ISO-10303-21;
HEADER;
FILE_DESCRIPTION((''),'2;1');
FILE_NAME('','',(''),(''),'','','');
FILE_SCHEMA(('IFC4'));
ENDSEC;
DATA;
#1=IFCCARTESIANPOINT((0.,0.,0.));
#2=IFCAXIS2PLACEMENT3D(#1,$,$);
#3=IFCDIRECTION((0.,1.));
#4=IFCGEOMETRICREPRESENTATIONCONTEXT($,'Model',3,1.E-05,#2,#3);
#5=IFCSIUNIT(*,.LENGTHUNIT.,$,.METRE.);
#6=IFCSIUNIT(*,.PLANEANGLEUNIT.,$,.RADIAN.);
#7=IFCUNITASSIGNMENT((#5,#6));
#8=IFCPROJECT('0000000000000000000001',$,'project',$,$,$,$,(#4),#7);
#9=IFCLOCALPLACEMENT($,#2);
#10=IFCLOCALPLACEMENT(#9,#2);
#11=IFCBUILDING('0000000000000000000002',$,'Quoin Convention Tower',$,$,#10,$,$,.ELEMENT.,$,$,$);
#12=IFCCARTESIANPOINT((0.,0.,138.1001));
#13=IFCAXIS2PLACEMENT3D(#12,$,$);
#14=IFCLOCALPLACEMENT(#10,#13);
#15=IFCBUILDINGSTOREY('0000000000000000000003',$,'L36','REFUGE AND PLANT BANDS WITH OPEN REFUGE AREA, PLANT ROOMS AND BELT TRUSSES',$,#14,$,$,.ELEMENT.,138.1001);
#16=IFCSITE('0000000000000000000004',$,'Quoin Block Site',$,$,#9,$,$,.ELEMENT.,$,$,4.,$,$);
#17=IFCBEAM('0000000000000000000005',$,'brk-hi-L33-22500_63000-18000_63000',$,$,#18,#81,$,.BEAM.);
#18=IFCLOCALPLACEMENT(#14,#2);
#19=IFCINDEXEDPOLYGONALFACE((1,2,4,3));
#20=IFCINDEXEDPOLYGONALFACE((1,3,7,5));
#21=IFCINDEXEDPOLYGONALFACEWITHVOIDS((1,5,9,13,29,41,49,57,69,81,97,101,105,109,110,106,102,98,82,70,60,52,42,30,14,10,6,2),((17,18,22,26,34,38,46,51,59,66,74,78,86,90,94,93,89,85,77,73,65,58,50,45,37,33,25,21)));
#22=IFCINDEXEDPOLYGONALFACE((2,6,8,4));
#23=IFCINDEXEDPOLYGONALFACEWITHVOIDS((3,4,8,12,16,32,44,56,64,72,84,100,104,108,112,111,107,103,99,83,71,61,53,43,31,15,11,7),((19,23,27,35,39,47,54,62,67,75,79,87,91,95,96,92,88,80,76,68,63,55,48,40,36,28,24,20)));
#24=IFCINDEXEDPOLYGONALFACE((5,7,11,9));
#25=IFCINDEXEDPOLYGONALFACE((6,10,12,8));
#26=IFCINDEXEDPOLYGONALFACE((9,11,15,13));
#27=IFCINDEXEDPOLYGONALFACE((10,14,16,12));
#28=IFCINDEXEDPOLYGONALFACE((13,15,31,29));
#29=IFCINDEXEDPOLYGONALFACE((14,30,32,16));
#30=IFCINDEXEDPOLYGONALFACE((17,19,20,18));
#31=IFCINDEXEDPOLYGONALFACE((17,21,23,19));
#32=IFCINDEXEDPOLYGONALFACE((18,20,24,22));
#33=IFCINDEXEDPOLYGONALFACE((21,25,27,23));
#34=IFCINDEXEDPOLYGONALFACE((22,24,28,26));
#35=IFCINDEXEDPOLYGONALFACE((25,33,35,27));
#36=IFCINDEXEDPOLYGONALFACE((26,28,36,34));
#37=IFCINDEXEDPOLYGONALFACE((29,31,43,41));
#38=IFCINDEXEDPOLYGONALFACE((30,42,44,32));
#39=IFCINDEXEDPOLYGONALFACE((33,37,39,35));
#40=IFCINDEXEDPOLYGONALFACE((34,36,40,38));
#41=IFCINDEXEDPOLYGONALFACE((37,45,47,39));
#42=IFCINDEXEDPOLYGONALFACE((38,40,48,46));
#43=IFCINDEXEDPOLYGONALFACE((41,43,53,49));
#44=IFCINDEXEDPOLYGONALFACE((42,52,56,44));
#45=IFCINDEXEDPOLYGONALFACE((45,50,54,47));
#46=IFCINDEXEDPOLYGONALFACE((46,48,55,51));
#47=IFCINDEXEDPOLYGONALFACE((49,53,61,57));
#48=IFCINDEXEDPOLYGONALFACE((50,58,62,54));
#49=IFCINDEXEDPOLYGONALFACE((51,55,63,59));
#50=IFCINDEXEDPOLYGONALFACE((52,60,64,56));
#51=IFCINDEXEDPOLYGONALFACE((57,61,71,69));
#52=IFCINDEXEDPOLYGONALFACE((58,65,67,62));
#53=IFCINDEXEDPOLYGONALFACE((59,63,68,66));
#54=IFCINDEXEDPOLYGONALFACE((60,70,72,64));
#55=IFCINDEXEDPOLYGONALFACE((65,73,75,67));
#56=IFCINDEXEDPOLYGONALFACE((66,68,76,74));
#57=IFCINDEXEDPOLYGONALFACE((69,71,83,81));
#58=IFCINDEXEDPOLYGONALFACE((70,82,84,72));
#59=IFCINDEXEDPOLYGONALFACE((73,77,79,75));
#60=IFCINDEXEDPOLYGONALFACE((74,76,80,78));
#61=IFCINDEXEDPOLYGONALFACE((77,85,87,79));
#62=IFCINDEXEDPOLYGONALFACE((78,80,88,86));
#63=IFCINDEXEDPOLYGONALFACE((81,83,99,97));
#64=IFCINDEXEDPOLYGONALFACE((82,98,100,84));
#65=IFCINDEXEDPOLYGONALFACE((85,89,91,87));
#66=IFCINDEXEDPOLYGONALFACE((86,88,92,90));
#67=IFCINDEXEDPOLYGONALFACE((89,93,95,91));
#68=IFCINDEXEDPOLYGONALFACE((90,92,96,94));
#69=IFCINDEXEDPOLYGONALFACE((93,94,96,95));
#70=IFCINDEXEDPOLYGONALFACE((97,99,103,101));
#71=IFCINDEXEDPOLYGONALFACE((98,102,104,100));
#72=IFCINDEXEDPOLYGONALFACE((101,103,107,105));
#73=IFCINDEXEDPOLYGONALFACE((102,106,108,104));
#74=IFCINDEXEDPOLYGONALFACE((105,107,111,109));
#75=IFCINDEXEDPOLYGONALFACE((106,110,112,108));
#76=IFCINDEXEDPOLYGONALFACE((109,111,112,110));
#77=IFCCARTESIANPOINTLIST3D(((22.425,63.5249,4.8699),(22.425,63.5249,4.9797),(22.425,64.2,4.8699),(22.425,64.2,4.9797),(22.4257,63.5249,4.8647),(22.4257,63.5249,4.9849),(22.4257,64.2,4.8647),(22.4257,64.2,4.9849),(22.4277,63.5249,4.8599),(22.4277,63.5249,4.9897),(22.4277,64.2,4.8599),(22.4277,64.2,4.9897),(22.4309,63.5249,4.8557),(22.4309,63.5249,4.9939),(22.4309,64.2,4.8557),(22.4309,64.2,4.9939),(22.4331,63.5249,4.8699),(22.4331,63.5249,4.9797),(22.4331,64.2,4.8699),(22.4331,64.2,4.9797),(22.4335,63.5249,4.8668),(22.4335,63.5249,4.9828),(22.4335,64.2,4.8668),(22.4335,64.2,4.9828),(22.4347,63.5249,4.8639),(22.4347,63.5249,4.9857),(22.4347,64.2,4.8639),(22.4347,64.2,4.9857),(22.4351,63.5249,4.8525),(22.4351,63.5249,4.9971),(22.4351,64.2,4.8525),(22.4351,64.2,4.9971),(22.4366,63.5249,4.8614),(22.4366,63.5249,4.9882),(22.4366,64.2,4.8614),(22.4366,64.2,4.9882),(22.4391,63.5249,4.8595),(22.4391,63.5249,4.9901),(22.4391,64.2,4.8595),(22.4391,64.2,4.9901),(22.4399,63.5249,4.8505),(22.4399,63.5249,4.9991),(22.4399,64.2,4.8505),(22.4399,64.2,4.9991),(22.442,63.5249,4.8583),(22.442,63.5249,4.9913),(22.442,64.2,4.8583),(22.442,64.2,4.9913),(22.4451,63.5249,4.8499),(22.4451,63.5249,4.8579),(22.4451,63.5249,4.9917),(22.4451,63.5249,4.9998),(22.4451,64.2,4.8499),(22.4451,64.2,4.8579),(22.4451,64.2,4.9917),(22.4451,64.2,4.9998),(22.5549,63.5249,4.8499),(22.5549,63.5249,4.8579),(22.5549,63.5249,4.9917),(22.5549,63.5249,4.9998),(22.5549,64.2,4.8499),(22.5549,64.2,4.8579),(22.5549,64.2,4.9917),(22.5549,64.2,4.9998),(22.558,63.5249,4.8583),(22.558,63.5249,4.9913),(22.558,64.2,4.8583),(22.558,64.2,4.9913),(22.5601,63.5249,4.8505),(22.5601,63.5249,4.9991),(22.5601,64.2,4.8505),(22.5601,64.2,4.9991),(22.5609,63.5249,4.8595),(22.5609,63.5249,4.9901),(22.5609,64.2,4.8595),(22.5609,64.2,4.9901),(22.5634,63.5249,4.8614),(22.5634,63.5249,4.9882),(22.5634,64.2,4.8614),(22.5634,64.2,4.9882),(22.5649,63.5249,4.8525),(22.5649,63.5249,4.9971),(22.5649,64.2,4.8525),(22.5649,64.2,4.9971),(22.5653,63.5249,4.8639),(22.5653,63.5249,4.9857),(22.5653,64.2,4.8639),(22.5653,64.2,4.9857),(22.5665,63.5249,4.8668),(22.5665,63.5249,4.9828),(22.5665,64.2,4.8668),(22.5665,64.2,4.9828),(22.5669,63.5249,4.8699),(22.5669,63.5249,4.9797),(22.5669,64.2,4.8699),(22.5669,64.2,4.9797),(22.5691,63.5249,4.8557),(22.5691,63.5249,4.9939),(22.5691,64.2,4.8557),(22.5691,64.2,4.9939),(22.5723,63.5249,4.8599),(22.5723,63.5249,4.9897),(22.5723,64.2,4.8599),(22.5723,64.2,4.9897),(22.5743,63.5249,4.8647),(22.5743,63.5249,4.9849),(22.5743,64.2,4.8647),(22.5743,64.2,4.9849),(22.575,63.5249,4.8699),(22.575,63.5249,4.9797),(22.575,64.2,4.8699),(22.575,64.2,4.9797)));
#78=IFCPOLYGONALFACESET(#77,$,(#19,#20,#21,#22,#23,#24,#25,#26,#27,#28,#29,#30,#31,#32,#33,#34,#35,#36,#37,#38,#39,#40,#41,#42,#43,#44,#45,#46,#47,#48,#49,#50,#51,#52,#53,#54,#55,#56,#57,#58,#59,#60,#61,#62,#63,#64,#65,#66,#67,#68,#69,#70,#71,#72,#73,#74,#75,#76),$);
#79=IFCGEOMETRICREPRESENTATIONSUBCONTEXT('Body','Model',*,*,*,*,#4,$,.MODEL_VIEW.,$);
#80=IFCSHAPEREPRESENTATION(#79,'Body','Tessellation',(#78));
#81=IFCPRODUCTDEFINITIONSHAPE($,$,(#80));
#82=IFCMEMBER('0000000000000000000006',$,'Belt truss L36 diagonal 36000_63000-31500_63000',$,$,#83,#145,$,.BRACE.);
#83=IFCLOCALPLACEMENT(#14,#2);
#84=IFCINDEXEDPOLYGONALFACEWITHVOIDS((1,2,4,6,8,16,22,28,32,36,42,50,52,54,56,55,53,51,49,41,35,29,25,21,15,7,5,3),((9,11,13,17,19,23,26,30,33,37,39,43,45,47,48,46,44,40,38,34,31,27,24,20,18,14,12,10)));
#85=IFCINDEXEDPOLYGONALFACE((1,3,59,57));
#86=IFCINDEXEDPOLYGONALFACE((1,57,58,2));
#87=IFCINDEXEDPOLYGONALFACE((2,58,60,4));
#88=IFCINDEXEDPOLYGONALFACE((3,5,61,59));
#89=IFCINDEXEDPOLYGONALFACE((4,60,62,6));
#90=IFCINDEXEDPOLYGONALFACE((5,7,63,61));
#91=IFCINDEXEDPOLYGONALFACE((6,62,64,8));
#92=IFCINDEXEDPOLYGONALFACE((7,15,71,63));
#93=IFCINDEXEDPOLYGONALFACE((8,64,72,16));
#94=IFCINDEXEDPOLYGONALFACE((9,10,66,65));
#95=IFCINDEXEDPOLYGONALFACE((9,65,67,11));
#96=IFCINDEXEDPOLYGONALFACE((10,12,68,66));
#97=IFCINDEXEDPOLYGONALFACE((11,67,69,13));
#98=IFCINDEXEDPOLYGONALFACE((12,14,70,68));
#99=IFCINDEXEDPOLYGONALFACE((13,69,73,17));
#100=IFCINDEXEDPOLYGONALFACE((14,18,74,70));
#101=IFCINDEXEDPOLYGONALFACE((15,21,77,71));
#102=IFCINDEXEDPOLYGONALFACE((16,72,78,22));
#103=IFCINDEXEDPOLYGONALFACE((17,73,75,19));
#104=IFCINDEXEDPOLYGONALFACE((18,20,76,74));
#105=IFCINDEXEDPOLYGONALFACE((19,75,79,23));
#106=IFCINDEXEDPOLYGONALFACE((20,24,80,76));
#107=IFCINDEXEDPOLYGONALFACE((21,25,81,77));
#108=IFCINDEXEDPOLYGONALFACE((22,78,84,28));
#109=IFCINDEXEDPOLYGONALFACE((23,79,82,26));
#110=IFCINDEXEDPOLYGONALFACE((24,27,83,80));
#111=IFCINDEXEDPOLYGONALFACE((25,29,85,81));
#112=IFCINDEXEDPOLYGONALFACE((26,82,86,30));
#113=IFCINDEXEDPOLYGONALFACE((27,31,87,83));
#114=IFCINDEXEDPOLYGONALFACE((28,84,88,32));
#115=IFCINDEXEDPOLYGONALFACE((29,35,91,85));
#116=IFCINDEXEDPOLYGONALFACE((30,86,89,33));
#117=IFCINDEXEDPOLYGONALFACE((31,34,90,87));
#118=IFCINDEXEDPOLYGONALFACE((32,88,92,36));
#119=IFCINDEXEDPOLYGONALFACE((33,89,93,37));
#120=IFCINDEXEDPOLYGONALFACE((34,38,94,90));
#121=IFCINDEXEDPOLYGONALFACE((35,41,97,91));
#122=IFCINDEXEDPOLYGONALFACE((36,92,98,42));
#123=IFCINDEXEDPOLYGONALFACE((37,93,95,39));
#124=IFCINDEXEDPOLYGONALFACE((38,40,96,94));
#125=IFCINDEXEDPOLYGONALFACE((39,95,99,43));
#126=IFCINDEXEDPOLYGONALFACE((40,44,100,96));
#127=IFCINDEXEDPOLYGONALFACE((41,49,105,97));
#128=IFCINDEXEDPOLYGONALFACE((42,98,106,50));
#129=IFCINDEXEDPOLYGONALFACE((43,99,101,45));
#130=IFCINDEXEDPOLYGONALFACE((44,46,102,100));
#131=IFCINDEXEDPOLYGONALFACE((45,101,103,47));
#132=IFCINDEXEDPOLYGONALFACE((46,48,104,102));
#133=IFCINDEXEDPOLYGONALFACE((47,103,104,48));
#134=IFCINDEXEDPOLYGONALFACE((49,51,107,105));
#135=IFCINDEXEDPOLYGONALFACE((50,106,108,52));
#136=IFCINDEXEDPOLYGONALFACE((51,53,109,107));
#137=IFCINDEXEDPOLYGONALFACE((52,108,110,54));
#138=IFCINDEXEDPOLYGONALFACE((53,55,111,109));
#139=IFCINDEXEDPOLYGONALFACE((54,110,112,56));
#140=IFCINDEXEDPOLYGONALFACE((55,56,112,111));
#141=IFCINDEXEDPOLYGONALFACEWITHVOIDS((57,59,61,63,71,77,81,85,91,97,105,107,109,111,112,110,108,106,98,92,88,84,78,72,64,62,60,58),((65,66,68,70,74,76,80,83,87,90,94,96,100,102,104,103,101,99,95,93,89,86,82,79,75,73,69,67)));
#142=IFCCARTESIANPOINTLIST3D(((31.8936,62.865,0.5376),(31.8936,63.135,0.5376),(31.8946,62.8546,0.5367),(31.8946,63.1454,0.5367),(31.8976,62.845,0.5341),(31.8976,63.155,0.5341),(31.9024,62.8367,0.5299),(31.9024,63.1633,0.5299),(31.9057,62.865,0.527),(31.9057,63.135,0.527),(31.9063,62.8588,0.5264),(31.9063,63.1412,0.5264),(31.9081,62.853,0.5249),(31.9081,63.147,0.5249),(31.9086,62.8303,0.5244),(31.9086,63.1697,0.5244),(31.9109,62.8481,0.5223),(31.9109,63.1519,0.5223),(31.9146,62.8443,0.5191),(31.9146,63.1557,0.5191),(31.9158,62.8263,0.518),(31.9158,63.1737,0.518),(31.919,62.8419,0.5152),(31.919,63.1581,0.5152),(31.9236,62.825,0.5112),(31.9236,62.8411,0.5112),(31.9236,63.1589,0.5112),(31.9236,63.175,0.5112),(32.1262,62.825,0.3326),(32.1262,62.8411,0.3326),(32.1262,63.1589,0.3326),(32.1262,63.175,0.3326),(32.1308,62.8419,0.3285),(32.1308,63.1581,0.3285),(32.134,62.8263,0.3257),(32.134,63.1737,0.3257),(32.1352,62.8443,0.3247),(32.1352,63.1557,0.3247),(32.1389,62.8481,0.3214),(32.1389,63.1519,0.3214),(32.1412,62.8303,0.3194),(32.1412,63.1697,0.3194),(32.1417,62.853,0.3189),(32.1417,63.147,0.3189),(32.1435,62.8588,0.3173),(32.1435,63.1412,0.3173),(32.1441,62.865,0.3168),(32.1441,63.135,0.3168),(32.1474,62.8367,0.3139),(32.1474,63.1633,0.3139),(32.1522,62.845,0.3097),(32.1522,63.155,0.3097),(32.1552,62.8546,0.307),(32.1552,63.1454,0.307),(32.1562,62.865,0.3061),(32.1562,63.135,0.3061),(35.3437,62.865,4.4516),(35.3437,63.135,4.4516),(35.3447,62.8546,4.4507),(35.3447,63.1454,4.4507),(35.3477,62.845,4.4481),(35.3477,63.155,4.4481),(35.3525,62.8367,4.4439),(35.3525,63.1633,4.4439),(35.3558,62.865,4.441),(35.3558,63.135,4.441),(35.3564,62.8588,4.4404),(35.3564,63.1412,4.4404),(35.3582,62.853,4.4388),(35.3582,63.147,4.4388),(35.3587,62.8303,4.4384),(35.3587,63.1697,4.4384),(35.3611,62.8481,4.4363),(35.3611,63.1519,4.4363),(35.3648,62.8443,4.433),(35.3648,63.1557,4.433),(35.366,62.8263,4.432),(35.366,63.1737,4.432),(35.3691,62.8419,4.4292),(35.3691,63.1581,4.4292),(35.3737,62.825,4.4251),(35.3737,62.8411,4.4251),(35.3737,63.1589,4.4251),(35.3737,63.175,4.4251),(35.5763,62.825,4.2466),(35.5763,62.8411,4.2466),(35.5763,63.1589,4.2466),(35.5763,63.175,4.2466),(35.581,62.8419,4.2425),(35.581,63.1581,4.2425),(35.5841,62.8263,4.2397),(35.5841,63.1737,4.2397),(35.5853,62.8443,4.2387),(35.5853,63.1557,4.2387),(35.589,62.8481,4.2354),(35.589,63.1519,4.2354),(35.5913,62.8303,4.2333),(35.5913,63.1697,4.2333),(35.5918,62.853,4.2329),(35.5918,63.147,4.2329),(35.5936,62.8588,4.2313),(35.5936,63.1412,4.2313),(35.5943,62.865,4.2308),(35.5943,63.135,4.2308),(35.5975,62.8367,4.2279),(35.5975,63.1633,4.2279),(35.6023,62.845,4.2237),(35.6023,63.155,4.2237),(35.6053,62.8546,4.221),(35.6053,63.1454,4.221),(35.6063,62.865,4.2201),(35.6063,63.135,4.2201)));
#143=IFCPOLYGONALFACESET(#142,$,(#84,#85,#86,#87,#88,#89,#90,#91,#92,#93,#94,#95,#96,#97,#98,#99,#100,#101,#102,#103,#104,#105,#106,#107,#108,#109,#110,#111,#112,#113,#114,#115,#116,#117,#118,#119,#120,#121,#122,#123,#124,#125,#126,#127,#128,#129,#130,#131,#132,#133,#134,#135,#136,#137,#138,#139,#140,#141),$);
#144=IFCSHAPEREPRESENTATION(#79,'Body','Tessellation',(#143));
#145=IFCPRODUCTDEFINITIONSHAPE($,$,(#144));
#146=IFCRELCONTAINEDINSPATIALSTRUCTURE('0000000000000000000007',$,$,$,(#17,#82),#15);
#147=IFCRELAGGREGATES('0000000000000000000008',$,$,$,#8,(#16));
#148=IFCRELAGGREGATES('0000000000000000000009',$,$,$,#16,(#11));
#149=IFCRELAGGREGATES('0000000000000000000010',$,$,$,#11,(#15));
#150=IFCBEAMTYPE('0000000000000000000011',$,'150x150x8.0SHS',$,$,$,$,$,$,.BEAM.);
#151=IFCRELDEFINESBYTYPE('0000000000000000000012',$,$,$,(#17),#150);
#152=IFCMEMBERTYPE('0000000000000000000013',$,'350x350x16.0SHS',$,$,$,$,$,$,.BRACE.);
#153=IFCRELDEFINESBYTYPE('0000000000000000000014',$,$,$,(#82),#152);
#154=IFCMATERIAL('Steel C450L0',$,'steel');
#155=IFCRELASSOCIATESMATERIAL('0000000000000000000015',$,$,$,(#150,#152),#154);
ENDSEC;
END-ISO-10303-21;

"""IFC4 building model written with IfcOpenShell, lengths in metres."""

from ifc_helpers import new_model, si_unit, direction, frame, origin, origin_2d, place, context, subcontext, project, spatial, hollow_rectangle, extrude, material, material_profile, profile_set, type_object, element, save


model = new_model("IFC4")

# Units and contexts
model_context = context("Model", 3, precision=1e-05, world=origin(), true_north=direction((0.0, 1.0)))
body_context = subcontext(model_context, "Body", "Model", "MODEL_VIEW")
ifc_project = project(units=[si_unit("LENGTHUNIT", "METRE"), si_unit("PLANEANGLEUNIT", "RADIAN")], contexts=[model_context])

# Site, building, storey
site_placement = place(None, origin())
site = spatial("IfcSite", under=ifc_project, at=site_placement, Name="Quoin Block Site", CompositionType="ELEMENT", RefElevation=4.0)
building_placement = place(site_placement, origin())
building = spatial("IfcBuilding", under=site, at=building_placement, Name="Quoin Convention Tower", CompositionType="ELEMENT")
storey_placement = place(building_placement, frame((0.0, 0.0, 138.1001)))
storey = spatial("IfcBuildingStorey", under=building, at=storey_placement, Name="L36", Description="REFUGE AND PLANT BANDS WITH OPEN REFUGE AREA, PLANT ROOMS AND BELT TRUSSES", CompositionType="ELEMENT", Elevation=138.1001)

# Beam
ifc_material_1 = material(Name="Steel C450L0", Category="steel")
ifc_material_profile_1 = material_profile(ifc_material_1, hollow_rectangle(XDim=0.1499, YDim=0.1499, WallThickness=0.0081, InnerFilletRadius=0.012, OuterFilletRadius=0.02, at=origin_2d()), Name="150x150x8.0SHS")
ifc_profile_set_1 = profile_set([ifc_material_profile_1], Name="Steel C450L0")
beam_type_1 = type_object("IfcBeamType", Name="150x150x8.0SHS", PredefinedType="BEAM", material=ifc_profile_set_1)
for number, where, z_axis, x_axis, name in (
    (1, (22.5, 63.5249, 4.9248), (0.0, 1.0, 0.0), (-1.0, 0.0, 0.0), "brk-hi-L33-22500_63000-18000_63000"),
):
    element("IfcBeam", number, at=place(storey_placement, frame(where, z_axis=z_axis, x_axis=x_axis)), inside=storey, type_object=beam_type_1, Name=name, PredefinedType="BEAM", context=body_context, shape_type="SweptSolid", body=[
        extrude(hollow_rectangle(XDim=0.1499, YDim=0.1499, WallThickness=0.0081, InnerFilletRadius=0.012, OuterFilletRadius=0.02, at=origin_2d()), origin(), (0.0, 0.0, 1.0), 0.675),
    ])

# Member
ifc_material_profile_2 = material_profile(ifc_material_1, hollow_rectangle(XDim=0.3501, YDim=0.3501, WallThickness=0.0161, InnerFilletRadius=0.0239, OuterFilletRadius=0.04, at=origin_2d()), Name="350x350x16.0SHS")
ifc_profile_set_2 = profile_set([ifc_material_profile_2], Name="Steel C450L0")
member_type_1 = type_object("IfcMemberType", Name="350x350x16.0SHS", PredefinedType="BRACE", material=ifc_profile_set_2)
for number, where, z_axis, x_axis, name in (
    (2, (32.0249, 63.0, 0.4219), (0.661256, 0.0, 0.75016), (0.0, 1.0, 0.0), "Belt truss L36 diagonal 36000_63000-31500_63000"),
):
    element("IfcMember", number, at=place(storey_placement, frame(where, z_axis=z_axis, x_axis=x_axis)), inside=storey, type_object=member_type_1, Name=name, PredefinedType="BRACE", context=body_context, shape_type="SweptSolid", body=[
        extrude(hollow_rectangle(XDim=0.3501, YDim=0.3501, WallThickness=0.0161, InnerFilletRadius=0.0239, OuterFilletRadius=0.04, at=origin_2d()), origin(), (0.0, 0.0, 1.0), 5.2175),
    ])

save(model, "model.ifc")
